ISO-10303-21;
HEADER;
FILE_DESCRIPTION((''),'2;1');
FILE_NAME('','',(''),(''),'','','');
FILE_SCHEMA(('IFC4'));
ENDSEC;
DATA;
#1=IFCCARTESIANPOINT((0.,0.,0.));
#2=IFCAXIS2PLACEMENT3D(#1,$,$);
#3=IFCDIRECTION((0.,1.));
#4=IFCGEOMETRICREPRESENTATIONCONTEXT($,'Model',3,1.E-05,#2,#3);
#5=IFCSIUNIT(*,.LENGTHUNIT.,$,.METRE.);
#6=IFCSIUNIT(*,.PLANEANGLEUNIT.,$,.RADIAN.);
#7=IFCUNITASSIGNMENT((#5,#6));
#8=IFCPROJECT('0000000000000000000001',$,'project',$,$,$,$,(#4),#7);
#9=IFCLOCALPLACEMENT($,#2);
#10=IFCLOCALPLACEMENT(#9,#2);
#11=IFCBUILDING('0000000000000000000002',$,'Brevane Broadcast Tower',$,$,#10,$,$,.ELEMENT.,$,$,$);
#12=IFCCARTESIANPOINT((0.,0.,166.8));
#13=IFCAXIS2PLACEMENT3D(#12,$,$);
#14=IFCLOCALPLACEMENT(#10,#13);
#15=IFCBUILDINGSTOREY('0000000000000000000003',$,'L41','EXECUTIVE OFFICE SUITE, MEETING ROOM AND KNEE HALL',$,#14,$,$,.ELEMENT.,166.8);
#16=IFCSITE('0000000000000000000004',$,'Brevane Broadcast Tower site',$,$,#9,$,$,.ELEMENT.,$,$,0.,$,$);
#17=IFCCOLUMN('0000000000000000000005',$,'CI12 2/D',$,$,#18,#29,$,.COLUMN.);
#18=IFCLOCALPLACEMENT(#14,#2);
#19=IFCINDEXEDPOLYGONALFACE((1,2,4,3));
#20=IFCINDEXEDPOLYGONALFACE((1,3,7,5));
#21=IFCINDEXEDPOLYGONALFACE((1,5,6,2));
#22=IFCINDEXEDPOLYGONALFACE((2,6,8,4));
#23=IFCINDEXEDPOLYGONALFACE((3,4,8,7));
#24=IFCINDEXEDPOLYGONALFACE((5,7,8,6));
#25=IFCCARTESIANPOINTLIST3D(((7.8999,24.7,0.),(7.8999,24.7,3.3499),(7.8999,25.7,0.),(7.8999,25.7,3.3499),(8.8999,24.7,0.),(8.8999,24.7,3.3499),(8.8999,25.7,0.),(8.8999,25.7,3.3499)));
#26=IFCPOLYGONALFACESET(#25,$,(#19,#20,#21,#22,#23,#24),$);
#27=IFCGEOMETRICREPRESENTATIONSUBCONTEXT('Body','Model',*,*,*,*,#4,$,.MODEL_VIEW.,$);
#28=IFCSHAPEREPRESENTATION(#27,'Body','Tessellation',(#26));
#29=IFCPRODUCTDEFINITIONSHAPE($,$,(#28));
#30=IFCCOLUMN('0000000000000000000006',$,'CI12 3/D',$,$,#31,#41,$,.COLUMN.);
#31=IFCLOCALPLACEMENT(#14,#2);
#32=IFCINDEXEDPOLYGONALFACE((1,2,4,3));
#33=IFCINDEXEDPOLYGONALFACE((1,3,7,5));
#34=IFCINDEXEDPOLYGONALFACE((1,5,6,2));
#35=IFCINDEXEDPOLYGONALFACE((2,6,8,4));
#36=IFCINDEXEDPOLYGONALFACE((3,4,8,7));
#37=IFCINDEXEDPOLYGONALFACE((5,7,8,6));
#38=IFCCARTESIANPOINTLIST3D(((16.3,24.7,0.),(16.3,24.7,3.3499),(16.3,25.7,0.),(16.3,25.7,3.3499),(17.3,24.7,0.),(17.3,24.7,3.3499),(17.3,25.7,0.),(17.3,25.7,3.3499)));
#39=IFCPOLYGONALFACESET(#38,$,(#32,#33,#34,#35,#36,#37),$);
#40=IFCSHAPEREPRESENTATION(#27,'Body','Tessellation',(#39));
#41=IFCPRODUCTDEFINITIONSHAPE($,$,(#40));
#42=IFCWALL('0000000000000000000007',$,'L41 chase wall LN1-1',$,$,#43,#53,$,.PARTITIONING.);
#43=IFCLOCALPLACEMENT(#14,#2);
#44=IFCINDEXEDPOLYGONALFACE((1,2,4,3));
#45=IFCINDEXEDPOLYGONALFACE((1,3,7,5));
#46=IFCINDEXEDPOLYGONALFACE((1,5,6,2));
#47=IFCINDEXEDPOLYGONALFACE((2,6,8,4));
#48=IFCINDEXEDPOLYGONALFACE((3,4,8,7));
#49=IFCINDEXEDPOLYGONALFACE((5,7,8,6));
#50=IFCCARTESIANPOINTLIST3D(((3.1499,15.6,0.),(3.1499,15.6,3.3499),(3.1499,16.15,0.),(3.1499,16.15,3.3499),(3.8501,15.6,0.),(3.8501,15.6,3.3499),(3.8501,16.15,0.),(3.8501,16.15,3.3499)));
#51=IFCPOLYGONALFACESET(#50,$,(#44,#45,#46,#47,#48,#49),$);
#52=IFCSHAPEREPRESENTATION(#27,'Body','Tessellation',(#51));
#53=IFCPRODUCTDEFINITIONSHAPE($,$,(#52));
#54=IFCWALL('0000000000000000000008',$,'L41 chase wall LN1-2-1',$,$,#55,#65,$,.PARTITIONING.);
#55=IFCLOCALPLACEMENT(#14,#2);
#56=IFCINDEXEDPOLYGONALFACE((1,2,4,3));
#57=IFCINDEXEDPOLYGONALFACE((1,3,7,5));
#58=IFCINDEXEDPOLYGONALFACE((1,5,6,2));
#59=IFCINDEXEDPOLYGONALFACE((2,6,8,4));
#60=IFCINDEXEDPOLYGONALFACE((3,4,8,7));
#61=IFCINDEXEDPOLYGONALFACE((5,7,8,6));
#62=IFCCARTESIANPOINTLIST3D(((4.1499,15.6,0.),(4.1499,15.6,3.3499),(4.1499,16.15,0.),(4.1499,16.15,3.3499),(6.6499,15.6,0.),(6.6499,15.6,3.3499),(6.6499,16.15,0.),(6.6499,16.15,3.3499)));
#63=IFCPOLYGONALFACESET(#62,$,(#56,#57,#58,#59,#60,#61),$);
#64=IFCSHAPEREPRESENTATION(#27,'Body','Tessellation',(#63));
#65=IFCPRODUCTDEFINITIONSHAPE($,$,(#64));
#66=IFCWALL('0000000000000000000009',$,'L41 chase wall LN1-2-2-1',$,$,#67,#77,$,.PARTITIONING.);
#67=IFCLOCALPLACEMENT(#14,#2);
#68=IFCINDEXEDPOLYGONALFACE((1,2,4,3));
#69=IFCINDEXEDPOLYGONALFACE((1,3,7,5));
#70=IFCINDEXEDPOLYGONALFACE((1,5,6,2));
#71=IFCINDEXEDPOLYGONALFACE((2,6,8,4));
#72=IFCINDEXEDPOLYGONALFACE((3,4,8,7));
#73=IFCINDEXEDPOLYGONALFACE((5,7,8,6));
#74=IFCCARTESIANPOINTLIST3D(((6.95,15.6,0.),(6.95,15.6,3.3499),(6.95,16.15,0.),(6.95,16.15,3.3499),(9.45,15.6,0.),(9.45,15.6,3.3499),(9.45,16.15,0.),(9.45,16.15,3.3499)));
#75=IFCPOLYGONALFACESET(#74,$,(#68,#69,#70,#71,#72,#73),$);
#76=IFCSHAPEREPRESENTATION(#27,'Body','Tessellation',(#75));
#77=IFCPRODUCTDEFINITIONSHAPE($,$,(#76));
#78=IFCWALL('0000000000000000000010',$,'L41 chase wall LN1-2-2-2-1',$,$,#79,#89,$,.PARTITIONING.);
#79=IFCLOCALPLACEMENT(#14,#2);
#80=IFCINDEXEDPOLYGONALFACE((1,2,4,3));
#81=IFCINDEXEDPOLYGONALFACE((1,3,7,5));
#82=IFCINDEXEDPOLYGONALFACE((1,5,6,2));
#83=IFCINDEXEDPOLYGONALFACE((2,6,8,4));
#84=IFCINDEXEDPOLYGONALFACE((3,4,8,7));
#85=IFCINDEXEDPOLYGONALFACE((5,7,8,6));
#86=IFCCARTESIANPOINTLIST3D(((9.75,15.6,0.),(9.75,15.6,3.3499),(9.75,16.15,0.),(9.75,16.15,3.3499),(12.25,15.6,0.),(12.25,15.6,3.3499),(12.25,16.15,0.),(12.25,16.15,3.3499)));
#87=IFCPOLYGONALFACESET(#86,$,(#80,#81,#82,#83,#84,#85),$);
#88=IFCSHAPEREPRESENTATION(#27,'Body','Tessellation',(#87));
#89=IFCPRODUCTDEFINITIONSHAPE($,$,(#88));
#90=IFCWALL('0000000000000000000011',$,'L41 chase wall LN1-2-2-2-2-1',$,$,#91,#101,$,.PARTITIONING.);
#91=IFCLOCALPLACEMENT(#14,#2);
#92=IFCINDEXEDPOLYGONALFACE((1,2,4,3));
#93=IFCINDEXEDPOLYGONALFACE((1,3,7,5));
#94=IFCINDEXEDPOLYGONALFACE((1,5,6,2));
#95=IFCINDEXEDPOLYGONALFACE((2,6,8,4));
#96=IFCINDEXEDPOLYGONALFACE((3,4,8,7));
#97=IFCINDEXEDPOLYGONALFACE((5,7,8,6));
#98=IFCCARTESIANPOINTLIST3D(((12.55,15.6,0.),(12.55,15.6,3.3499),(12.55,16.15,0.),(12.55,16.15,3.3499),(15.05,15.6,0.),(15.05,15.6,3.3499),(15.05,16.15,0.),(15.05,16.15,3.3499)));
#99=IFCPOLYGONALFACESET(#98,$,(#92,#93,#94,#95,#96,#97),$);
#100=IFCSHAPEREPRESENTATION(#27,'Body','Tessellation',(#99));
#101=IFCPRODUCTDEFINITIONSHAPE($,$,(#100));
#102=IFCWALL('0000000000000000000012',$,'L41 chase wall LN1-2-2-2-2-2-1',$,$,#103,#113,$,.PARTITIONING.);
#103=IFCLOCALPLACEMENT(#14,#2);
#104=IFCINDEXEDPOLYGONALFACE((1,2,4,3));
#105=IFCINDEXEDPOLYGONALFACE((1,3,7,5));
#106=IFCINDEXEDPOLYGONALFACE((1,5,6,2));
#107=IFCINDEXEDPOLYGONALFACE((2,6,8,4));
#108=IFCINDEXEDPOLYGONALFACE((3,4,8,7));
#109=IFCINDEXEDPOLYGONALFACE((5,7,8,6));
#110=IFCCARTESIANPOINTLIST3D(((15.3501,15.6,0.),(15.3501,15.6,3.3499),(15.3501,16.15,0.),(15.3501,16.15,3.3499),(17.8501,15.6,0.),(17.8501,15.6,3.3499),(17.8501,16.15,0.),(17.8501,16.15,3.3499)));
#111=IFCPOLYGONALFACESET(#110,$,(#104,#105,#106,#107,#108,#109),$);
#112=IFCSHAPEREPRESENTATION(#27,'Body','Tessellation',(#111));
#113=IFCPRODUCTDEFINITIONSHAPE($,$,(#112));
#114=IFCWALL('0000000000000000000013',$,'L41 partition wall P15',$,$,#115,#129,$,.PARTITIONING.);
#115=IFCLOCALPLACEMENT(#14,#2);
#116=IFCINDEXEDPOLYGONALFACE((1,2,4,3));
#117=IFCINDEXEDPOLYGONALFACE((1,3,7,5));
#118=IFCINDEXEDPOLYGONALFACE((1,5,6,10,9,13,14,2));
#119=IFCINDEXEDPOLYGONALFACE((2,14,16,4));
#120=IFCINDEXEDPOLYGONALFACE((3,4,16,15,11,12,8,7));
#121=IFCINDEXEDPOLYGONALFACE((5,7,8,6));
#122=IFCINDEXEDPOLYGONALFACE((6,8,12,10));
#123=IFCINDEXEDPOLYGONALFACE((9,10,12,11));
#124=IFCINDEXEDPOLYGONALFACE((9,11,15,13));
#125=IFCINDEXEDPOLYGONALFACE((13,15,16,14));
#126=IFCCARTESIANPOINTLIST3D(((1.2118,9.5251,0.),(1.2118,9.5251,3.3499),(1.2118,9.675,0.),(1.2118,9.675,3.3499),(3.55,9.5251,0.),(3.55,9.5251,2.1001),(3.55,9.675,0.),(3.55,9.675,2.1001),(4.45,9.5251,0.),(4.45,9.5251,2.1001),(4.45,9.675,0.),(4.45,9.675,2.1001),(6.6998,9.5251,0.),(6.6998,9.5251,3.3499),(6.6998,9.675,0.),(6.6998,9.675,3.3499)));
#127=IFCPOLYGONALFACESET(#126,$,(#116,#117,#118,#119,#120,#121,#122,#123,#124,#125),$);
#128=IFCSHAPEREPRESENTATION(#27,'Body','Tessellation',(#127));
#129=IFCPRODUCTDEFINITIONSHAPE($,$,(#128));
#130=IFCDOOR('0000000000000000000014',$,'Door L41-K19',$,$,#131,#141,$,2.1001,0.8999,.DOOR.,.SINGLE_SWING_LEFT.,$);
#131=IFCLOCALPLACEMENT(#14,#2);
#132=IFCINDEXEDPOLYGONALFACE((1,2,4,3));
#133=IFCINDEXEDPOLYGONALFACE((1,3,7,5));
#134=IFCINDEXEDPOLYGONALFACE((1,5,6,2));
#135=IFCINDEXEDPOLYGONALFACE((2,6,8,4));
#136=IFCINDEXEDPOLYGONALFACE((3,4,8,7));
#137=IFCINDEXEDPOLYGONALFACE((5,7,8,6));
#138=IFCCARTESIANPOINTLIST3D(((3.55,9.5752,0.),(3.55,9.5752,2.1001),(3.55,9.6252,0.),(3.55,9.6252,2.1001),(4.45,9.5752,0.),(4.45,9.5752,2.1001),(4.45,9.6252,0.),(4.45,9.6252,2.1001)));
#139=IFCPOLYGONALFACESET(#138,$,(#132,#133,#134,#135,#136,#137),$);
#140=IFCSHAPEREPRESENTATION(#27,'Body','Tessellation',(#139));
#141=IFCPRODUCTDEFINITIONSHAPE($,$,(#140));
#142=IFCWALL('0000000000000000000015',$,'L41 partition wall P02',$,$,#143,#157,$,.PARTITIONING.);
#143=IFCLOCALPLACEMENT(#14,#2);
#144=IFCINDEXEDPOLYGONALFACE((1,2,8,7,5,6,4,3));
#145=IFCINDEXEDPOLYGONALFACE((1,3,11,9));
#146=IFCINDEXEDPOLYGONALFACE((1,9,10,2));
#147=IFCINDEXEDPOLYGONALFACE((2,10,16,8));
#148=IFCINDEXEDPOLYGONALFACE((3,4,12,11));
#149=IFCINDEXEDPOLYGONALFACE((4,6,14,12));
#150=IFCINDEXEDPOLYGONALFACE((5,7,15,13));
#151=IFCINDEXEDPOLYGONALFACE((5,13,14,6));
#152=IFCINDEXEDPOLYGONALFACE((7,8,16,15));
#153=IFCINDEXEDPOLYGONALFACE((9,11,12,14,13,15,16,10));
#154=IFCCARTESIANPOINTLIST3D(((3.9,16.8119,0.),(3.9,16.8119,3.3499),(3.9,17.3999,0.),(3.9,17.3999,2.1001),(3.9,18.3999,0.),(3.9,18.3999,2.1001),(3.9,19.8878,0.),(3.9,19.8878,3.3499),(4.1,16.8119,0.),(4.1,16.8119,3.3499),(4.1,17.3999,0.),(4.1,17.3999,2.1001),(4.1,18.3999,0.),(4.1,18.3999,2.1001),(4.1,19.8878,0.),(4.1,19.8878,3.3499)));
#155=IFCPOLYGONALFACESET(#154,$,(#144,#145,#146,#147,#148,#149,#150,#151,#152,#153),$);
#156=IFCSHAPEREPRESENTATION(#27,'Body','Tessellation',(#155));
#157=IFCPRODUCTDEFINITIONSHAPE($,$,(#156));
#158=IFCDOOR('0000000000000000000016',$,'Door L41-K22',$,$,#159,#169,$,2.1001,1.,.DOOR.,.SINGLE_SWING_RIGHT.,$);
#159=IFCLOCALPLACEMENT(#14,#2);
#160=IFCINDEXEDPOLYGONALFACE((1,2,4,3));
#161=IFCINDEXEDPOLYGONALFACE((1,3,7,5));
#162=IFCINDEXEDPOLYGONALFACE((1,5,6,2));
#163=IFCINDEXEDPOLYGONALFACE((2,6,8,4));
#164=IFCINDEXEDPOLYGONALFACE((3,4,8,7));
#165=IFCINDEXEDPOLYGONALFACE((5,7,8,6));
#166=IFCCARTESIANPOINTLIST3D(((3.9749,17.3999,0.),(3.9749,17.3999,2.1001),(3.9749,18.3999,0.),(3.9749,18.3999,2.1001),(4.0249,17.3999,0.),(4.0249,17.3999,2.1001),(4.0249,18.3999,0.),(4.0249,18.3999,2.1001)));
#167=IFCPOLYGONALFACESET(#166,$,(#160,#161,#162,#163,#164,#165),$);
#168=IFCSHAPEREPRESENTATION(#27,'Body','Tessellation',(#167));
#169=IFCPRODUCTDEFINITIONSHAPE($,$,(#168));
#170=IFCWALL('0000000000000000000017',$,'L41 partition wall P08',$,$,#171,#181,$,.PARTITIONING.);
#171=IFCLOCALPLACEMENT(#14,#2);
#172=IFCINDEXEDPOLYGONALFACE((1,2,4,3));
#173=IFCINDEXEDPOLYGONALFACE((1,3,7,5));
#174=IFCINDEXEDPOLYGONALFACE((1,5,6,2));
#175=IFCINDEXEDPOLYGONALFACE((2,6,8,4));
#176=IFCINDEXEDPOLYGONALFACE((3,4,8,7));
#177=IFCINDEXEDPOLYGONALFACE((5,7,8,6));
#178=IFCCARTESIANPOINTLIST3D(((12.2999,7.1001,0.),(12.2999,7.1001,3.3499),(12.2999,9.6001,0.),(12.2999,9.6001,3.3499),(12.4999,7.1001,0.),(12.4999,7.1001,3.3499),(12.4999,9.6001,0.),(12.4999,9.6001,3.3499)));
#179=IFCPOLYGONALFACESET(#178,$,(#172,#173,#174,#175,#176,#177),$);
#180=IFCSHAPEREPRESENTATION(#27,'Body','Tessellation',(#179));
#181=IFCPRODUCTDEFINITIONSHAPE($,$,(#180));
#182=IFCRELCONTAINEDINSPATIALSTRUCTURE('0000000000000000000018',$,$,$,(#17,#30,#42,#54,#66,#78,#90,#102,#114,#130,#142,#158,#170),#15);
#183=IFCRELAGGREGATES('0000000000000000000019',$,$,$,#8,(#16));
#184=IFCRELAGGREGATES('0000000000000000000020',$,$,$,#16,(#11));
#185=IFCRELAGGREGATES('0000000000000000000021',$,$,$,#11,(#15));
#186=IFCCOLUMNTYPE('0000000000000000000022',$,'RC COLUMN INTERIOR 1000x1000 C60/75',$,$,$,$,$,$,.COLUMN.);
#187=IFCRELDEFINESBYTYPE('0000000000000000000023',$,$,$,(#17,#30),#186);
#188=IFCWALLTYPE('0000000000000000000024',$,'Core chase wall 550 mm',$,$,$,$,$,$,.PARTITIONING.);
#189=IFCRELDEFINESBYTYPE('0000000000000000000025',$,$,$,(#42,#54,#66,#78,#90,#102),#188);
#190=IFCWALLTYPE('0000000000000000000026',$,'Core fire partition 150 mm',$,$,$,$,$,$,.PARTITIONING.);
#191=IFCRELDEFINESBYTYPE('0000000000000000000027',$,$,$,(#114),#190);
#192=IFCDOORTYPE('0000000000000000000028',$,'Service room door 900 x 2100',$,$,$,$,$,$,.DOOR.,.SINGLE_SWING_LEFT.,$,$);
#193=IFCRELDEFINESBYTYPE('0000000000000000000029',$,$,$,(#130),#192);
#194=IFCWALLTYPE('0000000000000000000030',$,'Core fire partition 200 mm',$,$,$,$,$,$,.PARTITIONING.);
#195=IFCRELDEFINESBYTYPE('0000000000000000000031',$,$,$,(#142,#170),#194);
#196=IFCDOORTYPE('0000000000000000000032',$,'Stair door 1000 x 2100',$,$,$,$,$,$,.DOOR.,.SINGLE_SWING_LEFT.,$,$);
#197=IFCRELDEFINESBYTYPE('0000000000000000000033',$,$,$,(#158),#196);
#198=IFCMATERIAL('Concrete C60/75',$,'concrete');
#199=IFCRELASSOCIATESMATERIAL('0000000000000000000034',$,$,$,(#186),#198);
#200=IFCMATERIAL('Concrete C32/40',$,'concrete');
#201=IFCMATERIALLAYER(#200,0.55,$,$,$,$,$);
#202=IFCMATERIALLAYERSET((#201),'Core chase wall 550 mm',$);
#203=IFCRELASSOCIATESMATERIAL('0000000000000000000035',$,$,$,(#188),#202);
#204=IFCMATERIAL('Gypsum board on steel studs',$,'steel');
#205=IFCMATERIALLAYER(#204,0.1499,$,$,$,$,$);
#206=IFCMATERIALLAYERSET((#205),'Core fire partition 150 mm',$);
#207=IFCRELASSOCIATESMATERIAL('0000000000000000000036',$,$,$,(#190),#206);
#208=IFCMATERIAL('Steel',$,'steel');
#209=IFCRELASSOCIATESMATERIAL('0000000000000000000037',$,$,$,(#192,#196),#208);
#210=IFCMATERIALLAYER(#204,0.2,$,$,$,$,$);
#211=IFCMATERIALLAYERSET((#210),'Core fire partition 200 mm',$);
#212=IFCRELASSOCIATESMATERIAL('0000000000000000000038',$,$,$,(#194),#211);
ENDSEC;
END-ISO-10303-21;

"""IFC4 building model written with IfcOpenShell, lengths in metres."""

from ifc_helpers import new_model, si_unit, direction, frame, frame_2d, origin, origin_2d, place, context, subcontext, project, spatial, rectangle, extrude, material, layer, layer_set, material_profile, profile_set, type_object, element, fill, save


model = new_model("IFC4")

# Units and contexts
model_context = context("Model", 3, precision=1e-05, world=origin(), true_north=direction((0.0, 1.0)))
body_context = subcontext(model_context, "Body", "Model", "MODEL_VIEW")
ifc_project = project(units=[si_unit("LENGTHUNIT", "METRE"), si_unit("PLANEANGLEUNIT", "RADIAN")], contexts=[model_context])

# Site, building, storey
site_placement = place(None, origin())
site = spatial("IfcSite", under=ifc_project, at=site_placement, Name="Brevane Broadcast Tower site", CompositionType="ELEMENT", RefElevation=0.0)
building_placement = place(site_placement, origin())
building = spatial("IfcBuilding", under=site, at=building_placement, Name="Brevane Broadcast Tower", CompositionType="ELEMENT")
storey_placement = place(building_placement, frame((0.0, 0.0, 166.8)))
storey = spatial("IfcBuildingStorey", under=building, at=storey_placement, Name="L41", Description="EXECUTIVE OFFICE SUITE, MEETING ROOM AND KNEE HALL", CompositionType="ELEMENT", Elevation=166.8)

# Columns
ifc_material_1 = material(Name="Concrete C60/75", Category="concrete")
ifc_material_profile = material_profile(ifc_material_1, rectangle(XDim=1.0, YDim=1.0, at=origin_2d()), Name="RC 1000x1000")
ifc_profile_set = profile_set([ifc_material_profile], Name="Concrete C60/75")
column_type = type_object("IfcColumnType", Name="RC COLUMN INTERIOR 1000x1000 C60/75", PredefinedType="COLUMN", material=ifc_profile_set)
for number, where, z_axis, x_axis, name in (
    (1, (8.3999, 25.2, 0.0), (0.0, 0.0, 1.0), (1.0, 0.0, 0.0), "CI12 2/D"),
    (2, (16.8, 25.2, 0.0), (0.0, 0.0, 1.0), (1.0, 0.0, 0.0), "CI12 3/D"),
):
    element("IfcColumn", number, at=place(storey_placement, frame(where, z_axis=z_axis, x_axis=x_axis)), inside=storey, type_object=column_type, Name=name, PredefinedType="COLUMN", context=body_context, shape_type="SweptSolid", body=[
        extrude(rectangle(XDim=1.0, YDim=1.0, at=origin_2d()), origin(), (0.0, 0.0, 1.0), 3.3499),
    ])

# Walls
ifc_material_2 = material(Name="Concrete C32/40", Category="concrete")
ifc_layer_1 = layer(ifc_material_2, 0.55)
ifc_layer_set_1 = layer_set([ifc_layer_1], Name="Core chase wall 550 mm")
wall_type_1 = type_object("IfcWallType", Name="Core chase wall 550 mm", PredefinedType="PARTITIONING", material=ifc_layer_set_1)
wall_1_placement = place(storey_placement, frame((3.1499, 15.875, 0.0), z_axis=(0.0, 0.0, 1.0), x_axis=(1.0, 0.0, 0.0)))
element("IfcWall", 3, at=wall_1_placement, inside=storey, type_object=wall_type_1, Name="L41 chase wall LN1-1", PredefinedType="PARTITIONING", context=body_context, shape_type="SweptSolid", body=[
    extrude(rectangle(XDim=0.7002, YDim=0.55, at=frame_2d((0.3501, 0.0))), origin(), (0.0, 0.0, 1.0), 3.3499),
])
for number, where, z_axis, x_axis, name in (
    (4, (4.1499, 15.875, 0.0), (0.0, 0.0, 1.0), (1.0, 0.0, 0.0), "L41 chase wall LN1-2-1"),
    (5, (6.95, 15.875, 0.0), (0.0, 0.0, 1.0), (1.0, 0.0, 0.0), "L41 chase wall LN1-2-2-1"),
    (6, (9.75, 15.875, 0.0), (0.0, 0.0, 1.0), (1.0, 0.0, 0.0), "L41 chase wall LN1-2-2-2-1"),
    (7, (12.55, 15.875, 0.0), (0.0, 0.0, 1.0), (1.0, 0.0, 0.0), "L41 chase wall LN1-2-2-2-2-1"),
    (8, (15.3501, 15.875, 0.0), (0.0, 0.0, 1.0), (1.0, 0.0, 0.0), "L41 chase wall LN1-2-2-2-2-2-1"),
):
    element("IfcWall", number, at=place(storey_placement, frame(where, z_axis=z_axis, x_axis=x_axis)), inside=storey, type_object=wall_type_1, Name=name, PredefinedType="PARTITIONING", context=body_context, shape_type="SweptSolid", body=[
        extrude(rectangle(XDim=2.5, YDim=0.55, at=frame_2d((1.25, 0.0))), origin(), (0.0, 0.0, 1.0), 3.3499),
    ])

# Walls, openings, doors
ifc_material_3 = material(Name="Gypsum board on steel studs", Category="steel")
ifc_layer_2 = layer(ifc_material_3, 0.1499)
ifc_layer_set_2 = layer_set([ifc_layer_2], Name="Core fire partition 150 mm")
wall_type_2 = type_object("IfcWallType", Name="Core fire partition 150 mm", PredefinedType="PARTITIONING", material=ifc_layer_set_2)
wall_2_placement = place(storey_placement, frame((6.7, 9.6001, 0.0), z_axis=(0.0, 0.0, 1.0), x_axis=(-1.0, 0.0, 0.0)))
wall_2 = element("IfcWall", 9, at=wall_2_placement, inside=storey, type_object=wall_type_2, Name="L41 partition wall P15", PredefinedType="PARTITIONING", context=body_context, shape_type="SweptSolid", body=[
    extrude(rectangle(XDim=5.488, YDim=0.1499, at=frame_2d((2.7441, 0.0))), origin(), (0.0, 0.0, 1.0), 3.3499),
])
opening_1_placement = place(wall_2_placement, frame((2.25, 0.0, 0.0)))
opening_1 = element("IfcOpeningElement", 10, at=opening_1_placement, cuts=wall_2, PredefinedType="OPENING", context=body_context, shape_type="SweptSolid", body=[
    extrude(rectangle(XDim=0.8999, YDim=2.1001, at=frame_2d((0.45, 1.05))), frame((0.0, 0.085, 0.0), z_axis=(0.0, -1.0, 0.0), x_axis=(1.0, 0.0, 0.0)), (0.0, 0.0, 1.0), 0.1699),
])
ifc_material_4 = material(Name="Steel", Category="steel")
door_type_1 = type_object("IfcDoorType", Name="Service room door 900 x 2100", OperationType="SINGLE_SWING_LEFT", PredefinedType="DOOR", material=ifc_material_4)
door_1_placement = place(opening_1_placement, origin())
door_1 = element("IfcDoor", 11, at=door_1_placement, inside=storey, type_object=door_type_1, Name="Door L41-K19", OperationType="SINGLE_SWING_LEFT", OverallHeight=2.1001, OverallWidth=0.8999, PredefinedType="DOOR", context=body_context, shape_type="SweptSolid", body=[
    extrude(rectangle(XDim=0.8999, YDim=2.1001, at=frame_2d((0.45, 1.05))), frame((0.0, 0.0249, 0.0), z_axis=(0.0, -1.0, 0.0), x_axis=(1.0, 0.0, 0.0)), (0.0, 0.0, 1.0), 0.05),
])
fill(opening_1, door_1)
ifc_layer_3 = layer(ifc_material_3, 0.2)
ifc_layer_set_3 = layer_set([ifc_layer_3], Name="Core fire partition 200 mm")
wall_type_3 = type_object("IfcWallType", Name="Core fire partition 200 mm", PredefinedType="PARTITIONING", material=ifc_layer_set_3)
wall_3_placement = place(storey_placement, frame((4.0, 19.8879, 0.0), z_axis=(0.0, 0.0, 1.0), x_axis=(0.0, -1.0, 0.0)))
wall_3 = element("IfcWall", 12, at=wall_3_placement, inside=storey, type_object=wall_type_3, Name="L41 partition wall P02", PredefinedType="PARTITIONING", context=body_context, shape_type="SweptSolid", body=[
    extrude(rectangle(XDim=3.0759, YDim=0.2, at=frame_2d((1.5381, 0.0))), origin(), (0.0, 0.0, 1.0), 3.3499),
])
opening_2_placement = place(wall_3_placement, frame((1.488, 0.0, 0.0)))
opening_2 = element("IfcOpeningElement", 13, at=opening_2_placement, cuts=wall_3, PredefinedType="OPENING", context=body_context, shape_type="SweptSolid", body=[
    extrude(rectangle(XDim=1.0, YDim=2.1001, at=frame_2d((0.5, 1.05))), frame((0.0, 0.1099, 0.0), z_axis=(0.0, -1.0, 0.0), x_axis=(1.0, 0.0, 0.0)), (0.0, 0.0, 1.0), 0.22),
])
door_type_2 = type_object("IfcDoorType", Name="Stair door 1000 x 2100", OperationType="SINGLE_SWING_LEFT", PredefinedType="DOOR", material=ifc_material_4)
door_2_placement = place(opening_2_placement, origin())
door_2 = element("IfcDoor", 14, at=door_2_placement, inside=storey, type_object=door_type_2, Name="Door L41-K22", OperationType="SINGLE_SWING_RIGHT", OverallHeight=2.1001, OverallWidth=1.0, PredefinedType="DOOR", context=body_context, shape_type="SweptSolid", body=[
    extrude(rectangle(XDim=1.0, YDim=2.1001, at=frame_2d((0.5, 1.05))), frame((0.0, 0.0249, 0.0), z_axis=(0.0, -1.0, 0.0), x_axis=(1.0, 0.0, 0.0)), (0.0, 0.0, 1.0), 0.05),
])
fill(opening_2, door_2)

# Wall
wall_4_placement = place(storey_placement, frame((12.3999, 7.1001, 0.0), z_axis=(0.0, 0.0, 1.0), x_axis=(0.0, 1.0, 0.0)))
element("IfcWall", 15, at=wall_4_placement, inside=storey, type_object=wall_type_3, Name="L41 partition wall P08", PredefinedType="PARTITIONING", context=body_context, shape_type="SweptSolid", body=[
    extrude(rectangle(XDim=2.5, YDim=0.2, at=frame_2d((1.25, 0.0))), origin(), (0.0, 0.0, 1.0), 3.3499),
])

save(model, "model.ifc")
